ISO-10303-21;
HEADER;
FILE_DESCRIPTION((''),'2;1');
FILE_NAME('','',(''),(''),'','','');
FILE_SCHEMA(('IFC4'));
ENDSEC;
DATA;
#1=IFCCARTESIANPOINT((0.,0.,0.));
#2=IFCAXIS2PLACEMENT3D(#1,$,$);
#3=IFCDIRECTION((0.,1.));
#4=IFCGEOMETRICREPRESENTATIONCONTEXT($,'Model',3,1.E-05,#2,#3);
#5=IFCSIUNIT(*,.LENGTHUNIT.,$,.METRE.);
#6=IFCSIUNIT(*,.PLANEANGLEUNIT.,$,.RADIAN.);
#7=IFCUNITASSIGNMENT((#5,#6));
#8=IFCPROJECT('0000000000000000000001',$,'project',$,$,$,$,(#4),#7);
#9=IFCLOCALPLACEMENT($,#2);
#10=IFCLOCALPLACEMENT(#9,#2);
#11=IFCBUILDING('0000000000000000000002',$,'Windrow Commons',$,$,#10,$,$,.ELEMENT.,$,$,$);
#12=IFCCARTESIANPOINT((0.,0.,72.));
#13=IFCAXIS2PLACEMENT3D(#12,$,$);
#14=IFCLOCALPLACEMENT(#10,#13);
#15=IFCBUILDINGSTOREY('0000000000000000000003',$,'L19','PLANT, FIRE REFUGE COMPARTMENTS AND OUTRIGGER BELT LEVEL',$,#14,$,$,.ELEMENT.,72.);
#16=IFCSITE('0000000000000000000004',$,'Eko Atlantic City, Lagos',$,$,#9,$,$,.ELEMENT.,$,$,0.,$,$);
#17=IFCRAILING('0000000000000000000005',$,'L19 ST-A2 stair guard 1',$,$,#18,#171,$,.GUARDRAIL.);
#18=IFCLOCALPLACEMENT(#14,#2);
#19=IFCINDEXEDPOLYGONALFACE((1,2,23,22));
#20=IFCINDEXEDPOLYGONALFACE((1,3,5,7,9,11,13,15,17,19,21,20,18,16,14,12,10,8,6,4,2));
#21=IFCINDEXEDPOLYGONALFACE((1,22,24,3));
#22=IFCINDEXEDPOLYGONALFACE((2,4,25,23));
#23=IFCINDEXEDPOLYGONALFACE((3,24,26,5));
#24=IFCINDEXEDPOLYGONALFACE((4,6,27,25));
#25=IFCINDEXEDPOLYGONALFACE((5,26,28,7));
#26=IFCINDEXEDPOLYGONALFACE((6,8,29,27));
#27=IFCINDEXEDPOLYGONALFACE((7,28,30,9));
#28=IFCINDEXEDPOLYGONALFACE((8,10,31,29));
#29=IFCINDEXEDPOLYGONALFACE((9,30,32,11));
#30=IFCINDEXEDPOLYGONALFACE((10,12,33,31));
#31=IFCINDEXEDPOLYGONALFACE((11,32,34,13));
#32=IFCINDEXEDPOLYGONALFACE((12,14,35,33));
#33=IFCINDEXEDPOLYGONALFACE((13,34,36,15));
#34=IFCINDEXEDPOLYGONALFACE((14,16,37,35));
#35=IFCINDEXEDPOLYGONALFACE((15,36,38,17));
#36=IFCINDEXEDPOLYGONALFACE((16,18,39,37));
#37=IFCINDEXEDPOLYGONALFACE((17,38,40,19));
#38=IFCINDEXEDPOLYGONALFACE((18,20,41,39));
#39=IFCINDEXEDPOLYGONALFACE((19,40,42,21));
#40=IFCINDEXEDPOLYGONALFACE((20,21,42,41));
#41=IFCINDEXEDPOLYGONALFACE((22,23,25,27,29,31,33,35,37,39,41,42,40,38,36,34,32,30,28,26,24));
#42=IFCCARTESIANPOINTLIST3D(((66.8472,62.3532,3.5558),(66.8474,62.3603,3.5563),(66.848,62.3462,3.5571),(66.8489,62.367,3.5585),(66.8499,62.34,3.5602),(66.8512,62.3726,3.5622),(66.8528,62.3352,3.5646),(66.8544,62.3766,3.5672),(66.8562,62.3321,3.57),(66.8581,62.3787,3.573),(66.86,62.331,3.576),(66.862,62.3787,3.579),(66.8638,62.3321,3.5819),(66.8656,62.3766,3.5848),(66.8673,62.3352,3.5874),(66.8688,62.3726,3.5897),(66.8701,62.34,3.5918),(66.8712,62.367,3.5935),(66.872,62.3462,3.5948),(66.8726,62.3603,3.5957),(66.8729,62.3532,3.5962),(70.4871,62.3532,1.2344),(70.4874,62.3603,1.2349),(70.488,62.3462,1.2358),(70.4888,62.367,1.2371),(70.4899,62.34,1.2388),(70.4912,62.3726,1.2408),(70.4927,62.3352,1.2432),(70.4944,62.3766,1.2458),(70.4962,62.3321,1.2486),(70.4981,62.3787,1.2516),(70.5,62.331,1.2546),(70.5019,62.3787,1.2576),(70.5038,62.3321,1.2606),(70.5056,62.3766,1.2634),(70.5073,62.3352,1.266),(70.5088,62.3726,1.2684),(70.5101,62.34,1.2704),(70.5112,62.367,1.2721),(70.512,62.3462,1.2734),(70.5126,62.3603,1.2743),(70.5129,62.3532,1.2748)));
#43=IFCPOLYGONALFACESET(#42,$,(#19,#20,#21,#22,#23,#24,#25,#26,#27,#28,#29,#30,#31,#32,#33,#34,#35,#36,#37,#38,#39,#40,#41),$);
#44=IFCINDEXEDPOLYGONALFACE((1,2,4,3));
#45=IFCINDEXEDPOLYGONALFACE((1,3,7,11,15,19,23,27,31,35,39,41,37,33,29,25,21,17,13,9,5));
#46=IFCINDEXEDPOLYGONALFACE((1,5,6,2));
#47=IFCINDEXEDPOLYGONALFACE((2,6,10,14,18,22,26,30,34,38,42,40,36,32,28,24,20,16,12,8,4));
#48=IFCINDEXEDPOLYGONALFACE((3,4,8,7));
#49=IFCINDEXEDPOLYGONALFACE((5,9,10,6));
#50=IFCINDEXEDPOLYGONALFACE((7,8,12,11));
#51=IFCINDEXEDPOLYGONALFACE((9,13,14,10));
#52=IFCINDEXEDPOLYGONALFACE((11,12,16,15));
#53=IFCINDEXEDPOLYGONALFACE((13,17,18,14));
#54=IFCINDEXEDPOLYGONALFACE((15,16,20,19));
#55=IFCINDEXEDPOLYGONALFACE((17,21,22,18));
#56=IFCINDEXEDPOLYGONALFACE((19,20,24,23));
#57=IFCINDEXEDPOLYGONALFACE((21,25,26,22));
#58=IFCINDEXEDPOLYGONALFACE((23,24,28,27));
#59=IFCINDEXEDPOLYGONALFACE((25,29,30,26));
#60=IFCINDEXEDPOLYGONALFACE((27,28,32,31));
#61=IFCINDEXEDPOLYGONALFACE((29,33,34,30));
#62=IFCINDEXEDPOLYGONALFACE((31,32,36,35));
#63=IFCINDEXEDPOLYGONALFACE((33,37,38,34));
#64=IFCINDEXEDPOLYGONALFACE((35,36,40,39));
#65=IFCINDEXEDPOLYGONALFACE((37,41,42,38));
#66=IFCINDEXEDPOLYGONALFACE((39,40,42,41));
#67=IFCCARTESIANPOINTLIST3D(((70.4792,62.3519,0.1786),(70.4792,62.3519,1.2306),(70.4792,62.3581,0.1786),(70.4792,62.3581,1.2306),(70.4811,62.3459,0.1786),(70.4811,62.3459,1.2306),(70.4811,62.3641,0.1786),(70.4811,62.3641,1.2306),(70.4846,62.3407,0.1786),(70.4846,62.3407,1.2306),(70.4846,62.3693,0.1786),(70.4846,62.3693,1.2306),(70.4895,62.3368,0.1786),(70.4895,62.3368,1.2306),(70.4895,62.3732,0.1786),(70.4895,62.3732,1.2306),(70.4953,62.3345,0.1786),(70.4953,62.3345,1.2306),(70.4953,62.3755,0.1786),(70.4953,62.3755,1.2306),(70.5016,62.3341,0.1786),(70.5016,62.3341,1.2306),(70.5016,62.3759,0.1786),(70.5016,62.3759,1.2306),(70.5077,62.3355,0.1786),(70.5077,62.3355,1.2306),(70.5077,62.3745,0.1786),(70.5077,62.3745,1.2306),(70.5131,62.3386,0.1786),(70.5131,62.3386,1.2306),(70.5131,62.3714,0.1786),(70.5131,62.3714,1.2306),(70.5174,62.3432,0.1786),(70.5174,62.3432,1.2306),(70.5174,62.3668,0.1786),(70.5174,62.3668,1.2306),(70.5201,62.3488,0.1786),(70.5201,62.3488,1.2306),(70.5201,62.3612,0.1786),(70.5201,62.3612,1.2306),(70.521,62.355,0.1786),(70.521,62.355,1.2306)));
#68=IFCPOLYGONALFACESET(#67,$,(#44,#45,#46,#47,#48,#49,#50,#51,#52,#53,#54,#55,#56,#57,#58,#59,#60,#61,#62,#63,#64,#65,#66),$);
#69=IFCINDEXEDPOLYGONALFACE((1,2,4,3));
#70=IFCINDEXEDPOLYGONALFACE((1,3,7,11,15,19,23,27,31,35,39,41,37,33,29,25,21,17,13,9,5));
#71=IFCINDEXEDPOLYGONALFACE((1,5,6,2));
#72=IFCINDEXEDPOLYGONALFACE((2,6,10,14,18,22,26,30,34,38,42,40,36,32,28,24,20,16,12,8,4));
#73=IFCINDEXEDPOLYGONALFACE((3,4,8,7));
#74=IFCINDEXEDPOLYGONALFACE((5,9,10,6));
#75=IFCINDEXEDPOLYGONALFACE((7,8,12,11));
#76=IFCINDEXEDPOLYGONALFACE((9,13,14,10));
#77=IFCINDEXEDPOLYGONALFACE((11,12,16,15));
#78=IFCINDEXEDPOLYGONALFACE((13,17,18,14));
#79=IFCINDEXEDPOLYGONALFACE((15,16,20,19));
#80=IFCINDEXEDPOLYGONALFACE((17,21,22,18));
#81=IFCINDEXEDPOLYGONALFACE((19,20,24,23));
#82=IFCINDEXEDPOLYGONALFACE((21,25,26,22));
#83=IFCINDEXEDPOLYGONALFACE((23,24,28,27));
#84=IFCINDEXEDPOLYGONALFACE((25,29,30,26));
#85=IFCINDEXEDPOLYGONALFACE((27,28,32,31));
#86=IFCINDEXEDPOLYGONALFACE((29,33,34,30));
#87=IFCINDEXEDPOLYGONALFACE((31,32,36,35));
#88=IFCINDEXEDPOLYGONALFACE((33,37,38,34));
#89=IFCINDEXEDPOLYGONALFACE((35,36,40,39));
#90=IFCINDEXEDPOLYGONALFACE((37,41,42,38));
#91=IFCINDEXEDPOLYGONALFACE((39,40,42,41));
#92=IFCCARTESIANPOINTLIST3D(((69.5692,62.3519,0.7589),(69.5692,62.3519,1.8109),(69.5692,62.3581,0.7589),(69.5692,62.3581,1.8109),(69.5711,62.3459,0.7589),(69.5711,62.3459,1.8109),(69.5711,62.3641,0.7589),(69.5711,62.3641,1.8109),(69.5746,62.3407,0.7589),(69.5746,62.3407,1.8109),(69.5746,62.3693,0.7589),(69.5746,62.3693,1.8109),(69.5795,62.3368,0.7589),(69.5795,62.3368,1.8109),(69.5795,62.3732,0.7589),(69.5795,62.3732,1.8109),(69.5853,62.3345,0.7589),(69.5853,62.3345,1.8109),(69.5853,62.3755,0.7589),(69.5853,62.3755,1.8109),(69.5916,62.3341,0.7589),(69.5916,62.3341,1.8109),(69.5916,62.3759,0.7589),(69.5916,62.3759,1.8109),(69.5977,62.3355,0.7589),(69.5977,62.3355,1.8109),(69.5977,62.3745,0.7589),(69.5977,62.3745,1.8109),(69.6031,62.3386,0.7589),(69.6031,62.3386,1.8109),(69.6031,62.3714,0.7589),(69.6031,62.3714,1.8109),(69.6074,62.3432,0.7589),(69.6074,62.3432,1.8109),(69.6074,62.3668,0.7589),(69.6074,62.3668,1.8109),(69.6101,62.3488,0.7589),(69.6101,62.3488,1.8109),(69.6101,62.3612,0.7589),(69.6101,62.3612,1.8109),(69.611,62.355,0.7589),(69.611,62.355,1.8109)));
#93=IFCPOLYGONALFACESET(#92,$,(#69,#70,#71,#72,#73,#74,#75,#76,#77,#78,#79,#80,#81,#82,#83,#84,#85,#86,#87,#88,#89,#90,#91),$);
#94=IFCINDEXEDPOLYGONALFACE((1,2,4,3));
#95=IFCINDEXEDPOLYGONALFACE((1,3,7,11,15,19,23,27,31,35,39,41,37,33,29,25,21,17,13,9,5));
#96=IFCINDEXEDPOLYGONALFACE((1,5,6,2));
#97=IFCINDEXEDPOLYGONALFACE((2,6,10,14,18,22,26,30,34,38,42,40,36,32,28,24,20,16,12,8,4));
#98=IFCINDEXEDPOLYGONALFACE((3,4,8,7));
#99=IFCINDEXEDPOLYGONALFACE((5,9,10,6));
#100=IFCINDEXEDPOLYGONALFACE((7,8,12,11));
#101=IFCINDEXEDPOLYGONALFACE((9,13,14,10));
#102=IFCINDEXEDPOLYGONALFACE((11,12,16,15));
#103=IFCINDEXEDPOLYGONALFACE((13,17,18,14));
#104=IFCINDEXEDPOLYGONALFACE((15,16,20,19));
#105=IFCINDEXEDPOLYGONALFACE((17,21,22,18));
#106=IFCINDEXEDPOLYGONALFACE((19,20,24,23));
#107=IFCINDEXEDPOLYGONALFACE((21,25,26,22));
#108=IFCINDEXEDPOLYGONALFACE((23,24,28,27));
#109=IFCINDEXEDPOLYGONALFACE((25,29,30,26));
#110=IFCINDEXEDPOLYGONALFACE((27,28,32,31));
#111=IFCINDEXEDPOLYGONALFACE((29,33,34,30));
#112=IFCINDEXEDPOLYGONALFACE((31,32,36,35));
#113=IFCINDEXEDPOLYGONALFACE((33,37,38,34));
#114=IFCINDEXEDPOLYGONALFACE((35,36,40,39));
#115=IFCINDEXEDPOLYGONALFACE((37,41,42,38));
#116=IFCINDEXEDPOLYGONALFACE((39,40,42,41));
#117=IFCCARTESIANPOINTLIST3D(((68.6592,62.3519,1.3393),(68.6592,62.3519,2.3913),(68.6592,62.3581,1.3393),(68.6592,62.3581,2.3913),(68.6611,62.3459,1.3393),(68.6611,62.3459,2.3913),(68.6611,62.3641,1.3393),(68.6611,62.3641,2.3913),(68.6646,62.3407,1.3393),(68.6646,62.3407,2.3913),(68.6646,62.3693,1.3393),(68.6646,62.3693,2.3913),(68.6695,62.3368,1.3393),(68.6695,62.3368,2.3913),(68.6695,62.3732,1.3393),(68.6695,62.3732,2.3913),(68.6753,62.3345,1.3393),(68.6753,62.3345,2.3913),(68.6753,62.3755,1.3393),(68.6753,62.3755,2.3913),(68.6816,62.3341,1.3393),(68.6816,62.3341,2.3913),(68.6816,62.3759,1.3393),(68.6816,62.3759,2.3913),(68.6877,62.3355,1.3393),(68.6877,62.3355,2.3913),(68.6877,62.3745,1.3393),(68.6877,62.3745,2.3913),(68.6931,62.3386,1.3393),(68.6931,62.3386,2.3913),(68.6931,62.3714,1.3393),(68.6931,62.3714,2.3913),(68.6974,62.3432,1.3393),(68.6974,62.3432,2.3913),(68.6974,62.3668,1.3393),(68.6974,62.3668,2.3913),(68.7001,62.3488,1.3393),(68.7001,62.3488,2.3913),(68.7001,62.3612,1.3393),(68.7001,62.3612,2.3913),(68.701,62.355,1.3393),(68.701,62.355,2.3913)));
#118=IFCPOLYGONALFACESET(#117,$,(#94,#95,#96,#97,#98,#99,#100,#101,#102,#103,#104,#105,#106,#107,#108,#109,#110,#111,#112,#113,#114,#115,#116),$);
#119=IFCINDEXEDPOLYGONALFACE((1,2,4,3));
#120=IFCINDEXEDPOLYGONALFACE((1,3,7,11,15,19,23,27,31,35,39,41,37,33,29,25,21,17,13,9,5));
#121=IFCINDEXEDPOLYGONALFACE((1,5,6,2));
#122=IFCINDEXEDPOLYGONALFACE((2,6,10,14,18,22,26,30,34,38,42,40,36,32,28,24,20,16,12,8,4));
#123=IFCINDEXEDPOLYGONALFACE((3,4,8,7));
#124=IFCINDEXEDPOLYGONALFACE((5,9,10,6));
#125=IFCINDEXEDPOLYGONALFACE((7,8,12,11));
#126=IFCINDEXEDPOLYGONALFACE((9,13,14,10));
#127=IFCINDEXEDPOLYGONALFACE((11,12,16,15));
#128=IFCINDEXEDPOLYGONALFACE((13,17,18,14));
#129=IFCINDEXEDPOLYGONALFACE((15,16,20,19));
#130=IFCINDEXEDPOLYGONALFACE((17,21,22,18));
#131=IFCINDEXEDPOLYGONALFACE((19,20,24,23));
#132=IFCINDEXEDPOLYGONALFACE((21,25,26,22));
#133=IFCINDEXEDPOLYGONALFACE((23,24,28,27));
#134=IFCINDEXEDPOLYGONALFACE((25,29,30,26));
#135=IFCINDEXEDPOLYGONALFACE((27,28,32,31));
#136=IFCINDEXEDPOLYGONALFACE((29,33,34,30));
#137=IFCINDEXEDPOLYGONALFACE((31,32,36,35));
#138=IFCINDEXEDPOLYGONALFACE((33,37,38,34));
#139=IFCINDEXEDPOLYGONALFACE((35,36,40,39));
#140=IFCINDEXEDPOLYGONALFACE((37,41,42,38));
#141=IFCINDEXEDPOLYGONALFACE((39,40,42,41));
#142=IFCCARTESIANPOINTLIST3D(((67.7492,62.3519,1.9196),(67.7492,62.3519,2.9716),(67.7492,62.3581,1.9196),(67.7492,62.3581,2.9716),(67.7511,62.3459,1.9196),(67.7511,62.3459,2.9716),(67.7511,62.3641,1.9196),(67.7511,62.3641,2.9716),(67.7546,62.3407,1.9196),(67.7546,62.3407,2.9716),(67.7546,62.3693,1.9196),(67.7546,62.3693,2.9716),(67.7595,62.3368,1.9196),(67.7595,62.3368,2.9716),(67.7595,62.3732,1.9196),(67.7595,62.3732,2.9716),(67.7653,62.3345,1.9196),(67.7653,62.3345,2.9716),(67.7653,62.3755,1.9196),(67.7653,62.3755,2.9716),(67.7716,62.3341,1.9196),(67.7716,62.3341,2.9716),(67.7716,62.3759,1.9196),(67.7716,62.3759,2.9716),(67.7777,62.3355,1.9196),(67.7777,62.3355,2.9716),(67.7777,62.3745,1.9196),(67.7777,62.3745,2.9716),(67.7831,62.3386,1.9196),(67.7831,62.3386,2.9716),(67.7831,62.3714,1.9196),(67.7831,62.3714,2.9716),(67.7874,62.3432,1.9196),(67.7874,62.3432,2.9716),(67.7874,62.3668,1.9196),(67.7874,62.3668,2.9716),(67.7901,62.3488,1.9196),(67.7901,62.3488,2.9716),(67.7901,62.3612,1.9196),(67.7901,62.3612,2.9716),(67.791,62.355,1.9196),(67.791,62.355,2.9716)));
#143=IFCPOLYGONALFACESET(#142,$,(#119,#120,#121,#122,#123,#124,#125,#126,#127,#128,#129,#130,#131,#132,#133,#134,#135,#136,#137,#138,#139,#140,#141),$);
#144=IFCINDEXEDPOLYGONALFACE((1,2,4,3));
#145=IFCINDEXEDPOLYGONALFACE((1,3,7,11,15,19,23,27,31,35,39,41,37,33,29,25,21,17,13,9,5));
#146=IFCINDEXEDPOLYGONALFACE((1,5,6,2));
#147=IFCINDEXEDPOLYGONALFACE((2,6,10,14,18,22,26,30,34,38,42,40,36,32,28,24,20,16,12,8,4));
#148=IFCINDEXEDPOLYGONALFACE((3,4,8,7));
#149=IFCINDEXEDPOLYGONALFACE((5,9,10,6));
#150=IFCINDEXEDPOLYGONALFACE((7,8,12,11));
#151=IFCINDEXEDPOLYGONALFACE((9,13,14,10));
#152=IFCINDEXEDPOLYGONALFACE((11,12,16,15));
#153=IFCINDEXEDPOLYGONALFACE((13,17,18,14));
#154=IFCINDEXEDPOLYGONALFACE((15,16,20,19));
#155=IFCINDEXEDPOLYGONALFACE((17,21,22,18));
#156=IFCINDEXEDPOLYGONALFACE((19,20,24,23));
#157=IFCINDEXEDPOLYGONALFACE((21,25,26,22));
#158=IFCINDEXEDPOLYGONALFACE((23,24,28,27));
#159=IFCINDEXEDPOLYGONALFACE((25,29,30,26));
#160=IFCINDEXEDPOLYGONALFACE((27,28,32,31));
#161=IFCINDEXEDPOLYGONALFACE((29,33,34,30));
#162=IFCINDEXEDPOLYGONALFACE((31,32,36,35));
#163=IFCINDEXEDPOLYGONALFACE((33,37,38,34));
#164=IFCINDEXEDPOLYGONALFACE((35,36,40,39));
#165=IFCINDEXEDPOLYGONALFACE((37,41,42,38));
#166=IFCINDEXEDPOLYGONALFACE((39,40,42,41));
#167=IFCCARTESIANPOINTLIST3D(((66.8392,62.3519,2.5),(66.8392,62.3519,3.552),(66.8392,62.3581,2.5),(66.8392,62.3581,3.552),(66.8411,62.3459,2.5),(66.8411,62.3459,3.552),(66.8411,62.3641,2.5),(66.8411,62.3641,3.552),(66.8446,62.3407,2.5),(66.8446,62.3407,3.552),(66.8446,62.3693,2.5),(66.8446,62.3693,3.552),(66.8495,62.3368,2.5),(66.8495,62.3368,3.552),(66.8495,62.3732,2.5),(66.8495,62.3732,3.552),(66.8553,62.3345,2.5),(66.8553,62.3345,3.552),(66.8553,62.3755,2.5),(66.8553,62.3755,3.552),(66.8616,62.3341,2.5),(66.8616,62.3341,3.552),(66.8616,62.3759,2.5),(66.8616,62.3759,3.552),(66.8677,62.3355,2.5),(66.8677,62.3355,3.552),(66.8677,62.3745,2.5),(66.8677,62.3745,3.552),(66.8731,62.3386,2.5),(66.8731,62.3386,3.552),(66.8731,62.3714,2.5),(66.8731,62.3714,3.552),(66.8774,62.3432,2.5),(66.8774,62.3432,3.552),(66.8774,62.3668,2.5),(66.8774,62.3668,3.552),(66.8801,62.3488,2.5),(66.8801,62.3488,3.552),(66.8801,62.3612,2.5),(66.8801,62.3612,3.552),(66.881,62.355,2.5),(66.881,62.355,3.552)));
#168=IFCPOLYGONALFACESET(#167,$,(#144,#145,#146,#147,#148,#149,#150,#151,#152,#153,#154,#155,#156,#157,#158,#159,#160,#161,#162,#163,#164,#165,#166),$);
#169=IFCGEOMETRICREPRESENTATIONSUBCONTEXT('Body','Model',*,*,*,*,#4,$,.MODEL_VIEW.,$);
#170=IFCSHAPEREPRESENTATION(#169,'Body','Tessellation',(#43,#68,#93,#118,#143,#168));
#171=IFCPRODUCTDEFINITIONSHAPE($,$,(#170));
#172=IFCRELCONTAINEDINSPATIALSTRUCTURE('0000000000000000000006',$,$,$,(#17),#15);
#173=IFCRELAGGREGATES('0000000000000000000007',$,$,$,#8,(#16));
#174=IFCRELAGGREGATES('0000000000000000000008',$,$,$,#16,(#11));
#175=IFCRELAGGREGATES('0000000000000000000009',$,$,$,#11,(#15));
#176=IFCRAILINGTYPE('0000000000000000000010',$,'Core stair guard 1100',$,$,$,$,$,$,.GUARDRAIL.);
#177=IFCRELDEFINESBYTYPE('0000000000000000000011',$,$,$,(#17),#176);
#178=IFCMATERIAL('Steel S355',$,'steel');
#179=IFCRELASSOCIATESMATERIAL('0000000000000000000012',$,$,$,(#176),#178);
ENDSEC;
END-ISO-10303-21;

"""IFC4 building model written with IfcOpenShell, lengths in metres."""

from ifc_helpers import new_model, si_unit, direction, frame, origin, origin_2d, place, context, subcontext, project, spatial, circle, extrude, material, type_object, element, save


model = new_model("IFC4")

# Units and contexts
model_context = context("Model", 3, precision=1e-05, world=origin(), true_north=direction((0.0, 1.0)))
body_context = subcontext(model_context, "Body", "Model", "MODEL_VIEW")
ifc_project = project(units=[si_unit("LENGTHUNIT", "METRE"), si_unit("PLANEANGLEUNIT", "RADIAN")], contexts=[model_context])

# Site, building, storey
site_placement = place(None, origin())
site = spatial("IfcSite", under=ifc_project, at=site_placement, Name="Eko Atlantic City, Lagos", CompositionType="ELEMENT", RefElevation=0.0)
building_placement = place(site_placement, origin())
building = spatial("IfcBuilding", under=site, at=building_placement, Name="Windrow Commons", CompositionType="ELEMENT")
storey_placement = place(building_placement, frame((0.0, 0.0, 72.0)))
storey = spatial("IfcBuildingStorey", under=building, at=storey_placement, Name="L19", Description="PLANT, FIRE REFUGE COMPARTMENTS AND OUTRIGGER BELT LEVEL", CompositionType="ELEMENT", Elevation=72.0)

# Railing
ifc_material_1 = material(Name="Steel S355", Category="steel")
railing_type_1 = type_object("IfcRailingType", Name="Core stair guard 1100", PredefinedType="GUARDRAIL", material=ifc_material_1)
railing_1_placement = place(storey_placement, frame((70.5, 62.355, 0.1786)))
element("IfcRailing", 1, at=railing_1_placement, inside=storey, type_object=railing_type_1, Name="L19 ST-A2 stair guard 1", PredefinedType="GUARDRAIL", context=body_context, shape_type="SweptSolid", body=[
    extrude(circle(Radius=0.024, at=origin_2d()), frame((0.0, 0.0, 1.076), z_axis=(-0.843133, 0.0, 0.537706), x_axis=(0.0, -1.0, 0.0)), (0.0, 0.0, 1.0), 4.3172),
    extrude(circle(Radius=0.021, at=origin_2d()), origin(), (0.0, 0.0, 1.0), 1.052),
    extrude(circle(Radius=0.021, at=origin_2d()), frame((-0.91, 0.0, 0.5803)), (0.0, 0.0, 1.0), 1.052),
    extrude(circle(Radius=0.021, at=origin_2d()), frame((-1.82, 0.0, 1.1607)), (0.0, 0.0, 1.0), 1.052),
    extrude(circle(Radius=0.021, at=origin_2d()), frame((-2.73, 0.0, 1.741)), (0.0, 0.0, 1.0), 1.052),
    extrude(circle(Radius=0.021, at=origin_2d()), frame((-3.64, 0.0, 2.3214)), (0.0, 0.0, 1.0), 1.052),
])

save(model, "model.ifc")
